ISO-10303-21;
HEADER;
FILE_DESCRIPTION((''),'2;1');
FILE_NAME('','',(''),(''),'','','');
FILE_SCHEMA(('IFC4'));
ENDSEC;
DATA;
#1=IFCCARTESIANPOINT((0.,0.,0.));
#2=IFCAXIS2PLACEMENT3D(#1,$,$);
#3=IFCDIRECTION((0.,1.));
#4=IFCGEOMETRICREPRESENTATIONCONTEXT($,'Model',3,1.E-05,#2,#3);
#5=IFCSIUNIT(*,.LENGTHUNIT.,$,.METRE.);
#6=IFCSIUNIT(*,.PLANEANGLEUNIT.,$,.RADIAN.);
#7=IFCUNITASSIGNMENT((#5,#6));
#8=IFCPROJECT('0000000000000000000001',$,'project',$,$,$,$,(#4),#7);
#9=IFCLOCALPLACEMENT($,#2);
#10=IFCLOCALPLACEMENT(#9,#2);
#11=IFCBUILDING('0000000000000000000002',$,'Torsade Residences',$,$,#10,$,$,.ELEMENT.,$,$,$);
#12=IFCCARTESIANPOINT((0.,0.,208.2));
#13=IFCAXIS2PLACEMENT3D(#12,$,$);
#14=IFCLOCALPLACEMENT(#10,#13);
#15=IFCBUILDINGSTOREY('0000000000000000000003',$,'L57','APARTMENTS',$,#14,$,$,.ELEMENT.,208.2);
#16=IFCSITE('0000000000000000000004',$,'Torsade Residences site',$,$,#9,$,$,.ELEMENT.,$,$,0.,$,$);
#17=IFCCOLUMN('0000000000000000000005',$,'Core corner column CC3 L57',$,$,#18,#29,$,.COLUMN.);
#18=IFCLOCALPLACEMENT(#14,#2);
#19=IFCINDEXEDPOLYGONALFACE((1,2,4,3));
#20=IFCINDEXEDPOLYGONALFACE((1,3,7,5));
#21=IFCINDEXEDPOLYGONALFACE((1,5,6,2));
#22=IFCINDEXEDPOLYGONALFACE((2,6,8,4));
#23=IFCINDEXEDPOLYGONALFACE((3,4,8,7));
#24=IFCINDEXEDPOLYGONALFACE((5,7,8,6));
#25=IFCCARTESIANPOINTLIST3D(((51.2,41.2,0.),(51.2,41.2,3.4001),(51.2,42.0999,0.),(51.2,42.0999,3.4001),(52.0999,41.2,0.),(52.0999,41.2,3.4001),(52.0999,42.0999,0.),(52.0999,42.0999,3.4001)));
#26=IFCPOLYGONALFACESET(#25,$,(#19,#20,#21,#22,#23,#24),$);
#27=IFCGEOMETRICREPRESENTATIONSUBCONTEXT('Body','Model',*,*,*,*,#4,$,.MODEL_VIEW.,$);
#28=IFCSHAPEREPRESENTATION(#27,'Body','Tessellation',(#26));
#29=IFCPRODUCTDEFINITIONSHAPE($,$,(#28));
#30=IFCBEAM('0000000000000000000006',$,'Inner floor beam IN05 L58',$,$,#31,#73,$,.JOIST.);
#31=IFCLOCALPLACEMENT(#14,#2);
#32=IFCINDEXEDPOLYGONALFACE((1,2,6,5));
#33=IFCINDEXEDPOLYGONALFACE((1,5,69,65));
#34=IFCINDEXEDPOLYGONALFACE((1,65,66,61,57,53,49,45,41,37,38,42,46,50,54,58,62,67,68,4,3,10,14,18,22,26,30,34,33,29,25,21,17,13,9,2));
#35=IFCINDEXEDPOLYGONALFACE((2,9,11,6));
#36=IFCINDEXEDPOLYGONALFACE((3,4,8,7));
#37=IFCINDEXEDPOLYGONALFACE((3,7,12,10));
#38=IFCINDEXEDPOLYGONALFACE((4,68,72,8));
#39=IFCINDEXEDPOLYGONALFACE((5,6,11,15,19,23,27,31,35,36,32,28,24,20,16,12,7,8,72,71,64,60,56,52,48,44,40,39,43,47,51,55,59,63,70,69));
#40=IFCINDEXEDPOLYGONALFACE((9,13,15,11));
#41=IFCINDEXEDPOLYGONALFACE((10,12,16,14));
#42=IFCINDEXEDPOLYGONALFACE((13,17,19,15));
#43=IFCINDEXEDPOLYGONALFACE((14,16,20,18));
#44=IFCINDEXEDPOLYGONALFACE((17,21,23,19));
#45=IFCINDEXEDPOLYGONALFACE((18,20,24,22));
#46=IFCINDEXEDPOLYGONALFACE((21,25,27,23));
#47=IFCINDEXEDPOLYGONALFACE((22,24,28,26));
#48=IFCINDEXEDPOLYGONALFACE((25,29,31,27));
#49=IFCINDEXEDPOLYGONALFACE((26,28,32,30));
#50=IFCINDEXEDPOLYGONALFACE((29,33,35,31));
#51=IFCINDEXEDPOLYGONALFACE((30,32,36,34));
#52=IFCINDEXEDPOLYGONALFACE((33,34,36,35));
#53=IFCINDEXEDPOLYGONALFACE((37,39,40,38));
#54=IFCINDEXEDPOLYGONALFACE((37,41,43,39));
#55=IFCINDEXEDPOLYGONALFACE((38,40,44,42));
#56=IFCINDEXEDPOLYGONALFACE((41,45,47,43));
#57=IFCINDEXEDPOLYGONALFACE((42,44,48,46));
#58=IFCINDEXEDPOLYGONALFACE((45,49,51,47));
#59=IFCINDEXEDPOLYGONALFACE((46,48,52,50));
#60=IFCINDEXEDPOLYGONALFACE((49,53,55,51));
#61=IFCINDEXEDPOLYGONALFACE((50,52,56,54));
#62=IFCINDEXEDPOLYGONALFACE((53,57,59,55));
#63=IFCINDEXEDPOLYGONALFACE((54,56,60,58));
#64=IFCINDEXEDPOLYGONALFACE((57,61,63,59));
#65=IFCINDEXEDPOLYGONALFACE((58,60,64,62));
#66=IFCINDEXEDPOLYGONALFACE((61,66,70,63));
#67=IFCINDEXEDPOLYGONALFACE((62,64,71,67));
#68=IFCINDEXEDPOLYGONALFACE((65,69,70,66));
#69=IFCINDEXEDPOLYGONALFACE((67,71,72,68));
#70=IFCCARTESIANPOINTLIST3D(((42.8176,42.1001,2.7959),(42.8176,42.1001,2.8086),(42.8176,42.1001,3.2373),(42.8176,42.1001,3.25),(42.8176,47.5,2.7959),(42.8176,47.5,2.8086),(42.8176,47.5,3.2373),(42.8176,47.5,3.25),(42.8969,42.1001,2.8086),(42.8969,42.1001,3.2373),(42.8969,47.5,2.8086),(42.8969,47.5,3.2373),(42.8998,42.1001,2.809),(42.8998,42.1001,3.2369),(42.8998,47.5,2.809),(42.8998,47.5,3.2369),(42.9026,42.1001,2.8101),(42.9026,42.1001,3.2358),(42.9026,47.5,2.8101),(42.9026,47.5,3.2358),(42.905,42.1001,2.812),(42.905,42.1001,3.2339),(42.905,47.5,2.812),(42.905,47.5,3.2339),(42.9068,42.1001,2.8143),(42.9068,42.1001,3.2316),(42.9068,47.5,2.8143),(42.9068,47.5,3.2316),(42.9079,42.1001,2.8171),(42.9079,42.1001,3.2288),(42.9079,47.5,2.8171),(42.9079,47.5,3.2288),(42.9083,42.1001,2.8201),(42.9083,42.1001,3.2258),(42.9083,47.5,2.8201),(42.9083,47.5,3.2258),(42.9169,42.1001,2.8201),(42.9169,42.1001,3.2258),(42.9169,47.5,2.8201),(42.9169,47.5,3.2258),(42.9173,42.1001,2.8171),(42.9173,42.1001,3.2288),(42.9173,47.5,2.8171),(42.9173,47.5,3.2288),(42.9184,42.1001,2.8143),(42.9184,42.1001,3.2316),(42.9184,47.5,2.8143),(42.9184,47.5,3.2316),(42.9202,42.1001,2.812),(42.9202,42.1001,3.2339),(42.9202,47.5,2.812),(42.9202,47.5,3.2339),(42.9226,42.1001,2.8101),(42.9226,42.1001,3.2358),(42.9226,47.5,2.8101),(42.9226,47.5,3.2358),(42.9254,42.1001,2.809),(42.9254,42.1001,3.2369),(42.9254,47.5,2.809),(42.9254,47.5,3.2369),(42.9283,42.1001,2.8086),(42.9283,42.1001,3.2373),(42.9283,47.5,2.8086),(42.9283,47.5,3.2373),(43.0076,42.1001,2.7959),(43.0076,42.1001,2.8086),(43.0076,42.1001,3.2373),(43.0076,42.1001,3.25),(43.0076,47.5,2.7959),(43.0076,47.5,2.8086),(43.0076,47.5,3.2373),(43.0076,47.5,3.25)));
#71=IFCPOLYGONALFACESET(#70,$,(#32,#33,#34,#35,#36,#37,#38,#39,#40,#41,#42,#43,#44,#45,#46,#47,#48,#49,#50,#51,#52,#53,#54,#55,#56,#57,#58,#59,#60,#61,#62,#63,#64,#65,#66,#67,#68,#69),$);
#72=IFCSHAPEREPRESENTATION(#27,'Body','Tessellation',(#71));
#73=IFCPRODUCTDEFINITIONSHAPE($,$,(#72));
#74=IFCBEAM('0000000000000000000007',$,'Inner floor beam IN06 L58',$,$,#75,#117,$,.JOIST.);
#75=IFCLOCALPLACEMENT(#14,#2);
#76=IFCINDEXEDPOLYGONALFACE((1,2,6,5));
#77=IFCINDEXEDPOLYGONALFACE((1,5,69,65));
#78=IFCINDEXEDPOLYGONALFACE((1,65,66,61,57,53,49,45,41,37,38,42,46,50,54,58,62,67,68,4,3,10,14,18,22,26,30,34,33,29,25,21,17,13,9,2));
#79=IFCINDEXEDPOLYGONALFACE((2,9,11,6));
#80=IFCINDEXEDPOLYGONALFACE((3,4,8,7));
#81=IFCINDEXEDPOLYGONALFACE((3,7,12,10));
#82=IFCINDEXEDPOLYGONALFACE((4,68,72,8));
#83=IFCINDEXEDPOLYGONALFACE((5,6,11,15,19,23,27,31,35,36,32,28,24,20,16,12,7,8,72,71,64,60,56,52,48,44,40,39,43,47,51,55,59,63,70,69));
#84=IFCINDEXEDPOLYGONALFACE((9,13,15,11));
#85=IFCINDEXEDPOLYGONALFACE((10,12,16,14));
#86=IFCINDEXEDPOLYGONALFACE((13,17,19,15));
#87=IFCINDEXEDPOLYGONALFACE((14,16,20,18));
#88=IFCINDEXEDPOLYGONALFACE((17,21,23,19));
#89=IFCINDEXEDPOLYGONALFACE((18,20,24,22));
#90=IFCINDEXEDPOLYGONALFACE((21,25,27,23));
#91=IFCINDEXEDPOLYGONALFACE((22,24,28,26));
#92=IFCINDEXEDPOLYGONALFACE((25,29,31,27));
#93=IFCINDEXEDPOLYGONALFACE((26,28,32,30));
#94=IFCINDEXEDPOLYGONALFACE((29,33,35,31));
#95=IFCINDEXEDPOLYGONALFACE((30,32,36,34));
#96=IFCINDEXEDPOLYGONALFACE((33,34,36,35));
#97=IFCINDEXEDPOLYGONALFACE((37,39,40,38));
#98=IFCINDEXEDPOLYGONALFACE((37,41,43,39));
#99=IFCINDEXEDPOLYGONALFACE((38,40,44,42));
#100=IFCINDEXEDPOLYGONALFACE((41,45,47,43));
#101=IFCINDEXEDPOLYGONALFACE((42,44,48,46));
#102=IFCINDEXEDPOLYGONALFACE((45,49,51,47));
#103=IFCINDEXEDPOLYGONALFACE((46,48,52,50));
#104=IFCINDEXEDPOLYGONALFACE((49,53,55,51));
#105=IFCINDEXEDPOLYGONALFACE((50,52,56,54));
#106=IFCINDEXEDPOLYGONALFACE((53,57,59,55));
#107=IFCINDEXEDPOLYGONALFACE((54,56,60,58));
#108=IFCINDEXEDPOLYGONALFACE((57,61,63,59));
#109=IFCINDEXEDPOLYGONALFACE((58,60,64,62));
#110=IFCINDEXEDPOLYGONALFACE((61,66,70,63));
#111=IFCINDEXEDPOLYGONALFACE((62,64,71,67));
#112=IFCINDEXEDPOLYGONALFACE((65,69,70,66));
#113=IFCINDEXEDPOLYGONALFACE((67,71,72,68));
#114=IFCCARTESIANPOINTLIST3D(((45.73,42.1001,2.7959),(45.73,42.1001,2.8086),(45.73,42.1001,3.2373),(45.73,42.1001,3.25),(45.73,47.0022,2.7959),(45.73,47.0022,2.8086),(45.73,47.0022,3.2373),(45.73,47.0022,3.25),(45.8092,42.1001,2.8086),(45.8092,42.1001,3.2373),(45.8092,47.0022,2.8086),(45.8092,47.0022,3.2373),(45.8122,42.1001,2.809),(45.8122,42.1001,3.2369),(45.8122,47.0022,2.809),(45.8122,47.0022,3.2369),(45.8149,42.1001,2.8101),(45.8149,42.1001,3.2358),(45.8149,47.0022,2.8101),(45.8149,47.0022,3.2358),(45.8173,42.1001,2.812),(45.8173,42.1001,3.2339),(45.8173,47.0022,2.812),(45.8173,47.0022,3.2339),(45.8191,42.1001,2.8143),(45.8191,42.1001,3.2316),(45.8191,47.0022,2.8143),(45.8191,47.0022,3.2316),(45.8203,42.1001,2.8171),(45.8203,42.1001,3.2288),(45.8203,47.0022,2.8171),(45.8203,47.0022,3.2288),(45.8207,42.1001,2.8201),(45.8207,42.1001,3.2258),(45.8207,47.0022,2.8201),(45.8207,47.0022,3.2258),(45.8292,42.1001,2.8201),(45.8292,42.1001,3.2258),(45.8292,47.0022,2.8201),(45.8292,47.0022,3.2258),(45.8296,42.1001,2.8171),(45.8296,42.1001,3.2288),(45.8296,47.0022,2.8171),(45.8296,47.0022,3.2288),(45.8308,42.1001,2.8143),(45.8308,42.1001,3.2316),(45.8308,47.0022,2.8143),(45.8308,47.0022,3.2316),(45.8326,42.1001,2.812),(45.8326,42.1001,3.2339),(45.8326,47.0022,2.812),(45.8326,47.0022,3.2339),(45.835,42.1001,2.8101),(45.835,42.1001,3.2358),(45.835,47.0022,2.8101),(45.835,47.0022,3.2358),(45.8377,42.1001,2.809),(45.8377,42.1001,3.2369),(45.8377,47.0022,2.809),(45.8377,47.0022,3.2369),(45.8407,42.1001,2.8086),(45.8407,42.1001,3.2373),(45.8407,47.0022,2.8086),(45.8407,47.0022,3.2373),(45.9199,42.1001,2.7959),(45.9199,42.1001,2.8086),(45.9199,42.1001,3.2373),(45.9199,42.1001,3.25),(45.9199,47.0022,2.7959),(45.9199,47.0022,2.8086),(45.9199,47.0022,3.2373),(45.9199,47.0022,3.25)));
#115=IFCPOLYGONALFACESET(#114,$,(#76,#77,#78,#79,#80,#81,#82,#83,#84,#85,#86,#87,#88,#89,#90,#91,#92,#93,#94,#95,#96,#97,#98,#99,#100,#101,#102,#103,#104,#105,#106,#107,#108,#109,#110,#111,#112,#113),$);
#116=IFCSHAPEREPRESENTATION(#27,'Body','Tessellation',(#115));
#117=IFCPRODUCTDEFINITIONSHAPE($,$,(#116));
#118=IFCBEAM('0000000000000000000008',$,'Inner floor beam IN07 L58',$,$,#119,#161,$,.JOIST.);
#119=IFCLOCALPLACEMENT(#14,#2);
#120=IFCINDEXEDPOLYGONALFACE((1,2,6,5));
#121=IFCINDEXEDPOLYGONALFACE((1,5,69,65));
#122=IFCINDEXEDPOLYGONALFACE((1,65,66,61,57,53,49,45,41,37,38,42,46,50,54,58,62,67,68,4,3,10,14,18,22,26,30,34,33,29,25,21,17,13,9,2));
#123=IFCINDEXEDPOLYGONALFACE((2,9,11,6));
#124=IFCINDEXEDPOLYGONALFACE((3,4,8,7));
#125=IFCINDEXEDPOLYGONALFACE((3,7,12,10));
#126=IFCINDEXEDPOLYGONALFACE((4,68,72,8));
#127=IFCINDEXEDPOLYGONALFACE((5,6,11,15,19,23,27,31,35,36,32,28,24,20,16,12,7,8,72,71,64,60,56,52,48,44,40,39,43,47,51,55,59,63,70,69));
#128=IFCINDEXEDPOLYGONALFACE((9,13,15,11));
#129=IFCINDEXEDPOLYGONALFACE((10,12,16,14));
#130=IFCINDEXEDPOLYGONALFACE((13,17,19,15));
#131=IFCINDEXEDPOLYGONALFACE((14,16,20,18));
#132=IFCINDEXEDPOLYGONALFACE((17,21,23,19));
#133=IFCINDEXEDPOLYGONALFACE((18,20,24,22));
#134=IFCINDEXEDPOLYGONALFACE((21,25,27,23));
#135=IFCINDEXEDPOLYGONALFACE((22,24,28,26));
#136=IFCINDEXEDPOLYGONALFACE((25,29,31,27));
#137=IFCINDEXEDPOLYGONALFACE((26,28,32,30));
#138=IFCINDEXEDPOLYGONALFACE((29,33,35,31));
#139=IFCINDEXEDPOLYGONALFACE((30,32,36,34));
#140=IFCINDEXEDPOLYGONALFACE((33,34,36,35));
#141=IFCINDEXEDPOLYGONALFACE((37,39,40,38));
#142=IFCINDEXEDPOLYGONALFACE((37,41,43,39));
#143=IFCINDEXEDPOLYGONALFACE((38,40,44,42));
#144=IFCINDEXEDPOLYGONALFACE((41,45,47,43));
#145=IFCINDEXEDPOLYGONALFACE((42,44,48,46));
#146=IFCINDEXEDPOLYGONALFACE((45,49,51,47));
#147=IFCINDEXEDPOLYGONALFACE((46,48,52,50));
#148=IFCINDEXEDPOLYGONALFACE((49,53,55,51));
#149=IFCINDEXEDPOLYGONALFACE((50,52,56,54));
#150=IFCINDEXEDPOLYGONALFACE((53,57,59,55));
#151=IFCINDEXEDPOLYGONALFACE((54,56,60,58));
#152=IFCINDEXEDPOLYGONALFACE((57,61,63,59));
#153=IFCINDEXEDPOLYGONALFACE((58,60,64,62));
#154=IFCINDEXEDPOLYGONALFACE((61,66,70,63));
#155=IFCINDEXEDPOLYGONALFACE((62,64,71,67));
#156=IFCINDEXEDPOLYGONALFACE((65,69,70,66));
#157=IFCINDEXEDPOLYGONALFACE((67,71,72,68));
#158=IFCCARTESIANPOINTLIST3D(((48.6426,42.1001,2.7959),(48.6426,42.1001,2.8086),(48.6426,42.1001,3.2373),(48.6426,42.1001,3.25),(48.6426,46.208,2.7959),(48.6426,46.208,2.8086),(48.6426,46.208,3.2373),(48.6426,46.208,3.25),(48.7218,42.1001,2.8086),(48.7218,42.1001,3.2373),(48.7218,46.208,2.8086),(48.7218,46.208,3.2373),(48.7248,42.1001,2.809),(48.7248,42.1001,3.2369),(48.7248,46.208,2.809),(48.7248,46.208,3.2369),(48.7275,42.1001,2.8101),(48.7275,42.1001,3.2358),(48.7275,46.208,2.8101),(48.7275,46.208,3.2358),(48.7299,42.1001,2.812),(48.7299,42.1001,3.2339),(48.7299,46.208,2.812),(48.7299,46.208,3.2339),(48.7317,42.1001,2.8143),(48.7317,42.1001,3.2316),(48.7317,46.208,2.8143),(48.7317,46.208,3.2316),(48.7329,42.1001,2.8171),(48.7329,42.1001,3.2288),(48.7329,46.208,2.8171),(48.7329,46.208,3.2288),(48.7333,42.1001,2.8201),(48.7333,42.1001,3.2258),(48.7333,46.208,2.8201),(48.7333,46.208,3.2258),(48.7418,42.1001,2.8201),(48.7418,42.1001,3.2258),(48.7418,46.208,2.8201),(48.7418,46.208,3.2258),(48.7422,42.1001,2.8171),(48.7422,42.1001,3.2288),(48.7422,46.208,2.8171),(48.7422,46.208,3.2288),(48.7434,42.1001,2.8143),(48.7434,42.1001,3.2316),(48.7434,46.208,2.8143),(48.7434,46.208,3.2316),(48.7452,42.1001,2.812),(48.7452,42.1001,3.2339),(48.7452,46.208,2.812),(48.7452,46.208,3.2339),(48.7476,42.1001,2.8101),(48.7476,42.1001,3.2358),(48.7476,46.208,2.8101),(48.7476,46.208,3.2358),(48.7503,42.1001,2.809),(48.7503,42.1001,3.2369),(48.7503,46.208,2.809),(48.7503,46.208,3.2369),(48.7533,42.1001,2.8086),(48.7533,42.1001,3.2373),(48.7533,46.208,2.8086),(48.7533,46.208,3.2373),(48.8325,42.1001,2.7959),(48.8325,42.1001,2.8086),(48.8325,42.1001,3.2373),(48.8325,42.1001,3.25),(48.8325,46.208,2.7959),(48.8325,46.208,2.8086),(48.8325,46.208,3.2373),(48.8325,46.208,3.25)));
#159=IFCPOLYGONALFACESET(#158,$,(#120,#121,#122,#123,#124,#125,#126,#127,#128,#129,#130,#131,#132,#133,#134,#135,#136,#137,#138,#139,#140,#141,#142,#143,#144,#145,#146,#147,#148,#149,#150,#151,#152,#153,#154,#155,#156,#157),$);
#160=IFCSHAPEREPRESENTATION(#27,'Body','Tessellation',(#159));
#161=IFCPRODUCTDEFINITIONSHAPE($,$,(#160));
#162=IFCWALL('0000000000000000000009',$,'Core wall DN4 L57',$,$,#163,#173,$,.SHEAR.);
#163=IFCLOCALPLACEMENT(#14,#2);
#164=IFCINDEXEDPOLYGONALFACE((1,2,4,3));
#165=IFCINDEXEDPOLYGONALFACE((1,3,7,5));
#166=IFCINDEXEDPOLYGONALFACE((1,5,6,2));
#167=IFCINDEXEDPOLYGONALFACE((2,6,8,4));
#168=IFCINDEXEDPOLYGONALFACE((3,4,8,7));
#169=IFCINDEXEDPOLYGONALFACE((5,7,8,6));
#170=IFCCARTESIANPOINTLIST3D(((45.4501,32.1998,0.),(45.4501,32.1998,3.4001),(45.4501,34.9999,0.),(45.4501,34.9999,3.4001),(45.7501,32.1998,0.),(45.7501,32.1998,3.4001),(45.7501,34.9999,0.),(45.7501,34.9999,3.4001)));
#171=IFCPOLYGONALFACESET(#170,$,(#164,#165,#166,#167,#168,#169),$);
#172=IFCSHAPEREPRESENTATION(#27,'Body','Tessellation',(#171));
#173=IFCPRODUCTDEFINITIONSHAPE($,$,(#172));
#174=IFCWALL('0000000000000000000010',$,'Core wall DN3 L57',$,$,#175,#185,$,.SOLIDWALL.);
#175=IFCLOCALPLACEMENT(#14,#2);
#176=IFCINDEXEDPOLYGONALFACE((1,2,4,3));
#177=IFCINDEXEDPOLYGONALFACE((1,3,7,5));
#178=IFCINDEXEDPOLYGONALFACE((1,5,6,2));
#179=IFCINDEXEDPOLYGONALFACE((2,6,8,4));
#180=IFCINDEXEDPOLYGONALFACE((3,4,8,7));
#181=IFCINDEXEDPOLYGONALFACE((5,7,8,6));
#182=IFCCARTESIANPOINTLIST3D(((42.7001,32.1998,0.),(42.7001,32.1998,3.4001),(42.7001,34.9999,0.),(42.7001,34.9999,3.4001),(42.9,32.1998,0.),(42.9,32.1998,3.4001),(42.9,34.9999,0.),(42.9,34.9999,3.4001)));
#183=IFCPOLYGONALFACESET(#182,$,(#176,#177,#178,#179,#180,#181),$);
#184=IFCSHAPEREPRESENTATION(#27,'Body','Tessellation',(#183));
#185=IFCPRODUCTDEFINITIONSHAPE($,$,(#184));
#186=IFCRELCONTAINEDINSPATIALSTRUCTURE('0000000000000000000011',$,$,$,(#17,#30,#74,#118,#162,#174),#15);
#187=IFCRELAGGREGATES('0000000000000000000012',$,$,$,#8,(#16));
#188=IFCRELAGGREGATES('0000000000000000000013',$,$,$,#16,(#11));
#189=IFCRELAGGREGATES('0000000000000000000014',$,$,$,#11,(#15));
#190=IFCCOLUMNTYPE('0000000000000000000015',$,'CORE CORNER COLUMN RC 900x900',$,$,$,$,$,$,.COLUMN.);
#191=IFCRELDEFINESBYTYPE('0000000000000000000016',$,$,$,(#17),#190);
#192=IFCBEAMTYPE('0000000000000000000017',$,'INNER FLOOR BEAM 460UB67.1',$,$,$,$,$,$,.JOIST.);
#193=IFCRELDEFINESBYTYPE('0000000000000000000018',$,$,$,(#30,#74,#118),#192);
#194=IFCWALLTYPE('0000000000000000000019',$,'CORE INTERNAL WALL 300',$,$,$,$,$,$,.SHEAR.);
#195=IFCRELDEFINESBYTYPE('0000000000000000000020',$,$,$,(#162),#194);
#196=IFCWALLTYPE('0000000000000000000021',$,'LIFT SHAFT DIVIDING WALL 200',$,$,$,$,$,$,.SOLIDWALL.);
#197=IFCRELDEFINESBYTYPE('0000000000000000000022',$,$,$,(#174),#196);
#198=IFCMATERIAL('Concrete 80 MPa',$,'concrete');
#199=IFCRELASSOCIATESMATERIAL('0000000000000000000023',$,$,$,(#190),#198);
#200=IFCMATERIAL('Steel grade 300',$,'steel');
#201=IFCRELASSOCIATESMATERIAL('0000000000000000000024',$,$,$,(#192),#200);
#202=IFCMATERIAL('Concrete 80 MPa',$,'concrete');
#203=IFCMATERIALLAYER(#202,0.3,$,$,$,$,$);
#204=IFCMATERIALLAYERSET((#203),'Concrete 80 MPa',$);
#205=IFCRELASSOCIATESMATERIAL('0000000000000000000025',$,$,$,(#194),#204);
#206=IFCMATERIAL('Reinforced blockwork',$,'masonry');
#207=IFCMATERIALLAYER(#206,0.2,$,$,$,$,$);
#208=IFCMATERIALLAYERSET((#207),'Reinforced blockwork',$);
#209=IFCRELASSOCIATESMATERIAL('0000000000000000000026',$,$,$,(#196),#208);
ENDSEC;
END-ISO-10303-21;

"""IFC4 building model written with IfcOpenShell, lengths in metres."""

from ifc_helpers import new_model, si_unit, direction, frame, frame_2d, origin, origin_2d, place, context, subcontext, project, spatial, rectangle, i_section, extrude, material, layer, layer_set, material_profile, profile_set, type_object, element, save


model = new_model("IFC4")

# Units and contexts
model_context = context("Model", 3, precision=1e-05, world=origin(), true_north=direction((0.0, 1.0)))
body_context = subcontext(model_context, "Body", "Model", "MODEL_VIEW")
ifc_project = project(units=[si_unit("LENGTHUNIT", "METRE"), si_unit("PLANEANGLEUNIT", "RADIAN")], contexts=[model_context])

# Site, building, storey
site_placement = place(None, origin())
site = spatial("IfcSite", under=ifc_project, at=site_placement, Name="Torsade Residences site", CompositionType="ELEMENT", RefElevation=0.0)
building_placement = place(site_placement, origin())
building = spatial("IfcBuilding", under=site, at=building_placement, Name="Torsade Residences", CompositionType="ELEMENT")
storey_placement = place(building_placement, frame((0.0, 0.0, 208.2)))
storey = spatial("IfcBuildingStorey", under=building, at=storey_placement, Name="L57", Description="APARTMENTS", CompositionType="ELEMENT", Elevation=208.2)

# Column
ifc_material_1 = material(Name="Concrete 80 MPa", Category="concrete")
ifc_material_profile_1 = material_profile(ifc_material_1, rectangle(XDim=0.8999, YDim=0.8999, at=origin_2d()), Name="RC 900x900")
ifc_profile_set_1 = profile_set([ifc_material_profile_1], Name="Concrete 80 MPa")
column_type = type_object("IfcColumnType", Name="CORE CORNER COLUMN RC 900x900", PredefinedType="COLUMN", material=ifc_profile_set_1)
column_placement = place(storey_placement, frame((51.6499, 41.6499, 0.0), z_axis=(0.0, 0.0, 1.0), x_axis=(1.0, 0.0, 0.0)))
element("IfcColumn", 1, at=column_placement, inside=storey, type_object=column_type, Name="Core corner column CC3 L57", PredefinedType="COLUMN", context=body_context, shape_type="SweptSolid", body=[
    extrude(rectangle(XDim=0.8999, YDim=0.8999, at=origin_2d()), origin(), (0.0, 0.0, 1.0), 3.4001),
])

# Beams
ifc_material_2 = material(Name="Steel grade 300", Category="steel")
ifc_material_profile_2 = material_profile(ifc_material_2, i_section(OverallWidth=0.1899, OverallDepth=0.4541, WebThickness=0.0085, FlangeThickness=0.0127, FilletRadius=0.0115, at=origin_2d()), Name="460UB67.1")
ifc_profile_set_2 = profile_set([ifc_material_profile_2], Name="Steel grade 300")
beam_type = type_object("IfcBeamType", Name="INNER FLOOR BEAM 460UB67.1", PredefinedType="JOIST", material=ifc_profile_set_2)
beam_1_placement = place(storey_placement, frame((42.9126, 42.1001, 3.0229), z_axis=(0.0, 1.0, 0.0), x_axis=(-1.0, 0.0, 0.0)))
element("IfcBeam", 2, at=beam_1_placement, inside=storey, type_object=beam_type, Name="Inner floor beam IN05 L58", PredefinedType="JOIST", context=body_context, shape_type="SweptSolid", body=[
    extrude(i_section(OverallWidth=0.1899, OverallDepth=0.4541, WebThickness=0.0085, FlangeThickness=0.0127, FilletRadius=0.0115, at=origin_2d()), origin(), (0.0, 0.0, 1.0), 5.3999),
])
beam_2_placement = place(storey_placement, frame((45.825, 42.1001, 3.0229), z_axis=(0.0, 1.0, 0.0), x_axis=(-1.0, 0.0, 0.0)))
element("IfcBeam", 3, at=beam_2_placement, inside=storey, type_object=beam_type, Name="Inner floor beam IN06 L58", PredefinedType="JOIST", context=body_context, shape_type="SweptSolid", body=[
    extrude(i_section(OverallWidth=0.1899, OverallDepth=0.4541, WebThickness=0.0085, FlangeThickness=0.0127, FilletRadius=0.0115, at=origin_2d()), origin(), (0.0, 0.0, 1.0), 4.9021),
])
beam_3_placement = place(storey_placement, frame((48.7375, 42.1001, 3.0229), z_axis=(0.0, 1.0, 0.0), x_axis=(-1.0, 0.0, 0.0)))
element("IfcBeam", 4, at=beam_3_placement, inside=storey, type_object=beam_type, Name="Inner floor beam IN07 L58", PredefinedType="JOIST", context=body_context, shape_type="SweptSolid", body=[
    extrude(i_section(OverallWidth=0.1899, OverallDepth=0.4541, WebThickness=0.0085, FlangeThickness=0.0127, FilletRadius=0.0115, at=origin_2d()), origin(), (0.0, 0.0, 1.0), 4.1079),
])

# Walls
ifc_material_3 = material(Name="Concrete 80 MPa", Category="concrete")
ifc_layer_1 = layer(ifc_material_3, 0.3)
ifc_layer_set_1 = layer_set([ifc_layer_1], Name="Concrete 80 MPa")
wall_type_1 = type_object("IfcWallType", Name="CORE INTERNAL WALL 300", PredefinedType="SHEAR", material=ifc_layer_set_1)
wall_1_placement = place(storey_placement, frame((45.6001, 32.2, 0.0), z_axis=(0.0, 0.0, 1.0), x_axis=(0.0, 1.0, 0.0)))
element("IfcWall", 5, at=wall_1_placement, inside=storey, type_object=wall_type_1, Name="Core wall DN4 L57", PredefinedType="SHEAR", context=body_context, shape_type="SweptSolid", body=[
    extrude(rectangle(XDim=2.8, YDim=0.3, at=frame_2d((1.3999, 0.0))), origin(), (0.0, 0.0, 1.0), 3.4001),
])
ifc_material_4 = material(Name="Reinforced blockwork", Category="masonry")
ifc_layer_2 = layer(ifc_material_4, 0.2)
ifc_layer_set_2 = layer_set([ifc_layer_2], Name="Reinforced blockwork")
wall_type_2 = type_object("IfcWallType", Name="LIFT SHAFT DIVIDING WALL 200", PredefinedType="SOLIDWALL", material=ifc_layer_set_2)
wall_2_placement = place(storey_placement, frame((42.8, 32.2, 0.0), z_axis=(0.0, 0.0, 1.0), x_axis=(0.0, 1.0, 0.0)))
element("IfcWall", 6, at=wall_2_placement, inside=storey, type_object=wall_type_2, Name="Core wall DN3 L57", PredefinedType="SOLIDWALL", context=body_context, shape_type="SweptSolid", body=[
    extrude(rectangle(XDim=2.8, YDim=0.2, at=frame_2d((1.3999, 0.0))), origin(), (0.0, 0.0, 1.0), 3.4001),
])

save(model, "model.ifc")
